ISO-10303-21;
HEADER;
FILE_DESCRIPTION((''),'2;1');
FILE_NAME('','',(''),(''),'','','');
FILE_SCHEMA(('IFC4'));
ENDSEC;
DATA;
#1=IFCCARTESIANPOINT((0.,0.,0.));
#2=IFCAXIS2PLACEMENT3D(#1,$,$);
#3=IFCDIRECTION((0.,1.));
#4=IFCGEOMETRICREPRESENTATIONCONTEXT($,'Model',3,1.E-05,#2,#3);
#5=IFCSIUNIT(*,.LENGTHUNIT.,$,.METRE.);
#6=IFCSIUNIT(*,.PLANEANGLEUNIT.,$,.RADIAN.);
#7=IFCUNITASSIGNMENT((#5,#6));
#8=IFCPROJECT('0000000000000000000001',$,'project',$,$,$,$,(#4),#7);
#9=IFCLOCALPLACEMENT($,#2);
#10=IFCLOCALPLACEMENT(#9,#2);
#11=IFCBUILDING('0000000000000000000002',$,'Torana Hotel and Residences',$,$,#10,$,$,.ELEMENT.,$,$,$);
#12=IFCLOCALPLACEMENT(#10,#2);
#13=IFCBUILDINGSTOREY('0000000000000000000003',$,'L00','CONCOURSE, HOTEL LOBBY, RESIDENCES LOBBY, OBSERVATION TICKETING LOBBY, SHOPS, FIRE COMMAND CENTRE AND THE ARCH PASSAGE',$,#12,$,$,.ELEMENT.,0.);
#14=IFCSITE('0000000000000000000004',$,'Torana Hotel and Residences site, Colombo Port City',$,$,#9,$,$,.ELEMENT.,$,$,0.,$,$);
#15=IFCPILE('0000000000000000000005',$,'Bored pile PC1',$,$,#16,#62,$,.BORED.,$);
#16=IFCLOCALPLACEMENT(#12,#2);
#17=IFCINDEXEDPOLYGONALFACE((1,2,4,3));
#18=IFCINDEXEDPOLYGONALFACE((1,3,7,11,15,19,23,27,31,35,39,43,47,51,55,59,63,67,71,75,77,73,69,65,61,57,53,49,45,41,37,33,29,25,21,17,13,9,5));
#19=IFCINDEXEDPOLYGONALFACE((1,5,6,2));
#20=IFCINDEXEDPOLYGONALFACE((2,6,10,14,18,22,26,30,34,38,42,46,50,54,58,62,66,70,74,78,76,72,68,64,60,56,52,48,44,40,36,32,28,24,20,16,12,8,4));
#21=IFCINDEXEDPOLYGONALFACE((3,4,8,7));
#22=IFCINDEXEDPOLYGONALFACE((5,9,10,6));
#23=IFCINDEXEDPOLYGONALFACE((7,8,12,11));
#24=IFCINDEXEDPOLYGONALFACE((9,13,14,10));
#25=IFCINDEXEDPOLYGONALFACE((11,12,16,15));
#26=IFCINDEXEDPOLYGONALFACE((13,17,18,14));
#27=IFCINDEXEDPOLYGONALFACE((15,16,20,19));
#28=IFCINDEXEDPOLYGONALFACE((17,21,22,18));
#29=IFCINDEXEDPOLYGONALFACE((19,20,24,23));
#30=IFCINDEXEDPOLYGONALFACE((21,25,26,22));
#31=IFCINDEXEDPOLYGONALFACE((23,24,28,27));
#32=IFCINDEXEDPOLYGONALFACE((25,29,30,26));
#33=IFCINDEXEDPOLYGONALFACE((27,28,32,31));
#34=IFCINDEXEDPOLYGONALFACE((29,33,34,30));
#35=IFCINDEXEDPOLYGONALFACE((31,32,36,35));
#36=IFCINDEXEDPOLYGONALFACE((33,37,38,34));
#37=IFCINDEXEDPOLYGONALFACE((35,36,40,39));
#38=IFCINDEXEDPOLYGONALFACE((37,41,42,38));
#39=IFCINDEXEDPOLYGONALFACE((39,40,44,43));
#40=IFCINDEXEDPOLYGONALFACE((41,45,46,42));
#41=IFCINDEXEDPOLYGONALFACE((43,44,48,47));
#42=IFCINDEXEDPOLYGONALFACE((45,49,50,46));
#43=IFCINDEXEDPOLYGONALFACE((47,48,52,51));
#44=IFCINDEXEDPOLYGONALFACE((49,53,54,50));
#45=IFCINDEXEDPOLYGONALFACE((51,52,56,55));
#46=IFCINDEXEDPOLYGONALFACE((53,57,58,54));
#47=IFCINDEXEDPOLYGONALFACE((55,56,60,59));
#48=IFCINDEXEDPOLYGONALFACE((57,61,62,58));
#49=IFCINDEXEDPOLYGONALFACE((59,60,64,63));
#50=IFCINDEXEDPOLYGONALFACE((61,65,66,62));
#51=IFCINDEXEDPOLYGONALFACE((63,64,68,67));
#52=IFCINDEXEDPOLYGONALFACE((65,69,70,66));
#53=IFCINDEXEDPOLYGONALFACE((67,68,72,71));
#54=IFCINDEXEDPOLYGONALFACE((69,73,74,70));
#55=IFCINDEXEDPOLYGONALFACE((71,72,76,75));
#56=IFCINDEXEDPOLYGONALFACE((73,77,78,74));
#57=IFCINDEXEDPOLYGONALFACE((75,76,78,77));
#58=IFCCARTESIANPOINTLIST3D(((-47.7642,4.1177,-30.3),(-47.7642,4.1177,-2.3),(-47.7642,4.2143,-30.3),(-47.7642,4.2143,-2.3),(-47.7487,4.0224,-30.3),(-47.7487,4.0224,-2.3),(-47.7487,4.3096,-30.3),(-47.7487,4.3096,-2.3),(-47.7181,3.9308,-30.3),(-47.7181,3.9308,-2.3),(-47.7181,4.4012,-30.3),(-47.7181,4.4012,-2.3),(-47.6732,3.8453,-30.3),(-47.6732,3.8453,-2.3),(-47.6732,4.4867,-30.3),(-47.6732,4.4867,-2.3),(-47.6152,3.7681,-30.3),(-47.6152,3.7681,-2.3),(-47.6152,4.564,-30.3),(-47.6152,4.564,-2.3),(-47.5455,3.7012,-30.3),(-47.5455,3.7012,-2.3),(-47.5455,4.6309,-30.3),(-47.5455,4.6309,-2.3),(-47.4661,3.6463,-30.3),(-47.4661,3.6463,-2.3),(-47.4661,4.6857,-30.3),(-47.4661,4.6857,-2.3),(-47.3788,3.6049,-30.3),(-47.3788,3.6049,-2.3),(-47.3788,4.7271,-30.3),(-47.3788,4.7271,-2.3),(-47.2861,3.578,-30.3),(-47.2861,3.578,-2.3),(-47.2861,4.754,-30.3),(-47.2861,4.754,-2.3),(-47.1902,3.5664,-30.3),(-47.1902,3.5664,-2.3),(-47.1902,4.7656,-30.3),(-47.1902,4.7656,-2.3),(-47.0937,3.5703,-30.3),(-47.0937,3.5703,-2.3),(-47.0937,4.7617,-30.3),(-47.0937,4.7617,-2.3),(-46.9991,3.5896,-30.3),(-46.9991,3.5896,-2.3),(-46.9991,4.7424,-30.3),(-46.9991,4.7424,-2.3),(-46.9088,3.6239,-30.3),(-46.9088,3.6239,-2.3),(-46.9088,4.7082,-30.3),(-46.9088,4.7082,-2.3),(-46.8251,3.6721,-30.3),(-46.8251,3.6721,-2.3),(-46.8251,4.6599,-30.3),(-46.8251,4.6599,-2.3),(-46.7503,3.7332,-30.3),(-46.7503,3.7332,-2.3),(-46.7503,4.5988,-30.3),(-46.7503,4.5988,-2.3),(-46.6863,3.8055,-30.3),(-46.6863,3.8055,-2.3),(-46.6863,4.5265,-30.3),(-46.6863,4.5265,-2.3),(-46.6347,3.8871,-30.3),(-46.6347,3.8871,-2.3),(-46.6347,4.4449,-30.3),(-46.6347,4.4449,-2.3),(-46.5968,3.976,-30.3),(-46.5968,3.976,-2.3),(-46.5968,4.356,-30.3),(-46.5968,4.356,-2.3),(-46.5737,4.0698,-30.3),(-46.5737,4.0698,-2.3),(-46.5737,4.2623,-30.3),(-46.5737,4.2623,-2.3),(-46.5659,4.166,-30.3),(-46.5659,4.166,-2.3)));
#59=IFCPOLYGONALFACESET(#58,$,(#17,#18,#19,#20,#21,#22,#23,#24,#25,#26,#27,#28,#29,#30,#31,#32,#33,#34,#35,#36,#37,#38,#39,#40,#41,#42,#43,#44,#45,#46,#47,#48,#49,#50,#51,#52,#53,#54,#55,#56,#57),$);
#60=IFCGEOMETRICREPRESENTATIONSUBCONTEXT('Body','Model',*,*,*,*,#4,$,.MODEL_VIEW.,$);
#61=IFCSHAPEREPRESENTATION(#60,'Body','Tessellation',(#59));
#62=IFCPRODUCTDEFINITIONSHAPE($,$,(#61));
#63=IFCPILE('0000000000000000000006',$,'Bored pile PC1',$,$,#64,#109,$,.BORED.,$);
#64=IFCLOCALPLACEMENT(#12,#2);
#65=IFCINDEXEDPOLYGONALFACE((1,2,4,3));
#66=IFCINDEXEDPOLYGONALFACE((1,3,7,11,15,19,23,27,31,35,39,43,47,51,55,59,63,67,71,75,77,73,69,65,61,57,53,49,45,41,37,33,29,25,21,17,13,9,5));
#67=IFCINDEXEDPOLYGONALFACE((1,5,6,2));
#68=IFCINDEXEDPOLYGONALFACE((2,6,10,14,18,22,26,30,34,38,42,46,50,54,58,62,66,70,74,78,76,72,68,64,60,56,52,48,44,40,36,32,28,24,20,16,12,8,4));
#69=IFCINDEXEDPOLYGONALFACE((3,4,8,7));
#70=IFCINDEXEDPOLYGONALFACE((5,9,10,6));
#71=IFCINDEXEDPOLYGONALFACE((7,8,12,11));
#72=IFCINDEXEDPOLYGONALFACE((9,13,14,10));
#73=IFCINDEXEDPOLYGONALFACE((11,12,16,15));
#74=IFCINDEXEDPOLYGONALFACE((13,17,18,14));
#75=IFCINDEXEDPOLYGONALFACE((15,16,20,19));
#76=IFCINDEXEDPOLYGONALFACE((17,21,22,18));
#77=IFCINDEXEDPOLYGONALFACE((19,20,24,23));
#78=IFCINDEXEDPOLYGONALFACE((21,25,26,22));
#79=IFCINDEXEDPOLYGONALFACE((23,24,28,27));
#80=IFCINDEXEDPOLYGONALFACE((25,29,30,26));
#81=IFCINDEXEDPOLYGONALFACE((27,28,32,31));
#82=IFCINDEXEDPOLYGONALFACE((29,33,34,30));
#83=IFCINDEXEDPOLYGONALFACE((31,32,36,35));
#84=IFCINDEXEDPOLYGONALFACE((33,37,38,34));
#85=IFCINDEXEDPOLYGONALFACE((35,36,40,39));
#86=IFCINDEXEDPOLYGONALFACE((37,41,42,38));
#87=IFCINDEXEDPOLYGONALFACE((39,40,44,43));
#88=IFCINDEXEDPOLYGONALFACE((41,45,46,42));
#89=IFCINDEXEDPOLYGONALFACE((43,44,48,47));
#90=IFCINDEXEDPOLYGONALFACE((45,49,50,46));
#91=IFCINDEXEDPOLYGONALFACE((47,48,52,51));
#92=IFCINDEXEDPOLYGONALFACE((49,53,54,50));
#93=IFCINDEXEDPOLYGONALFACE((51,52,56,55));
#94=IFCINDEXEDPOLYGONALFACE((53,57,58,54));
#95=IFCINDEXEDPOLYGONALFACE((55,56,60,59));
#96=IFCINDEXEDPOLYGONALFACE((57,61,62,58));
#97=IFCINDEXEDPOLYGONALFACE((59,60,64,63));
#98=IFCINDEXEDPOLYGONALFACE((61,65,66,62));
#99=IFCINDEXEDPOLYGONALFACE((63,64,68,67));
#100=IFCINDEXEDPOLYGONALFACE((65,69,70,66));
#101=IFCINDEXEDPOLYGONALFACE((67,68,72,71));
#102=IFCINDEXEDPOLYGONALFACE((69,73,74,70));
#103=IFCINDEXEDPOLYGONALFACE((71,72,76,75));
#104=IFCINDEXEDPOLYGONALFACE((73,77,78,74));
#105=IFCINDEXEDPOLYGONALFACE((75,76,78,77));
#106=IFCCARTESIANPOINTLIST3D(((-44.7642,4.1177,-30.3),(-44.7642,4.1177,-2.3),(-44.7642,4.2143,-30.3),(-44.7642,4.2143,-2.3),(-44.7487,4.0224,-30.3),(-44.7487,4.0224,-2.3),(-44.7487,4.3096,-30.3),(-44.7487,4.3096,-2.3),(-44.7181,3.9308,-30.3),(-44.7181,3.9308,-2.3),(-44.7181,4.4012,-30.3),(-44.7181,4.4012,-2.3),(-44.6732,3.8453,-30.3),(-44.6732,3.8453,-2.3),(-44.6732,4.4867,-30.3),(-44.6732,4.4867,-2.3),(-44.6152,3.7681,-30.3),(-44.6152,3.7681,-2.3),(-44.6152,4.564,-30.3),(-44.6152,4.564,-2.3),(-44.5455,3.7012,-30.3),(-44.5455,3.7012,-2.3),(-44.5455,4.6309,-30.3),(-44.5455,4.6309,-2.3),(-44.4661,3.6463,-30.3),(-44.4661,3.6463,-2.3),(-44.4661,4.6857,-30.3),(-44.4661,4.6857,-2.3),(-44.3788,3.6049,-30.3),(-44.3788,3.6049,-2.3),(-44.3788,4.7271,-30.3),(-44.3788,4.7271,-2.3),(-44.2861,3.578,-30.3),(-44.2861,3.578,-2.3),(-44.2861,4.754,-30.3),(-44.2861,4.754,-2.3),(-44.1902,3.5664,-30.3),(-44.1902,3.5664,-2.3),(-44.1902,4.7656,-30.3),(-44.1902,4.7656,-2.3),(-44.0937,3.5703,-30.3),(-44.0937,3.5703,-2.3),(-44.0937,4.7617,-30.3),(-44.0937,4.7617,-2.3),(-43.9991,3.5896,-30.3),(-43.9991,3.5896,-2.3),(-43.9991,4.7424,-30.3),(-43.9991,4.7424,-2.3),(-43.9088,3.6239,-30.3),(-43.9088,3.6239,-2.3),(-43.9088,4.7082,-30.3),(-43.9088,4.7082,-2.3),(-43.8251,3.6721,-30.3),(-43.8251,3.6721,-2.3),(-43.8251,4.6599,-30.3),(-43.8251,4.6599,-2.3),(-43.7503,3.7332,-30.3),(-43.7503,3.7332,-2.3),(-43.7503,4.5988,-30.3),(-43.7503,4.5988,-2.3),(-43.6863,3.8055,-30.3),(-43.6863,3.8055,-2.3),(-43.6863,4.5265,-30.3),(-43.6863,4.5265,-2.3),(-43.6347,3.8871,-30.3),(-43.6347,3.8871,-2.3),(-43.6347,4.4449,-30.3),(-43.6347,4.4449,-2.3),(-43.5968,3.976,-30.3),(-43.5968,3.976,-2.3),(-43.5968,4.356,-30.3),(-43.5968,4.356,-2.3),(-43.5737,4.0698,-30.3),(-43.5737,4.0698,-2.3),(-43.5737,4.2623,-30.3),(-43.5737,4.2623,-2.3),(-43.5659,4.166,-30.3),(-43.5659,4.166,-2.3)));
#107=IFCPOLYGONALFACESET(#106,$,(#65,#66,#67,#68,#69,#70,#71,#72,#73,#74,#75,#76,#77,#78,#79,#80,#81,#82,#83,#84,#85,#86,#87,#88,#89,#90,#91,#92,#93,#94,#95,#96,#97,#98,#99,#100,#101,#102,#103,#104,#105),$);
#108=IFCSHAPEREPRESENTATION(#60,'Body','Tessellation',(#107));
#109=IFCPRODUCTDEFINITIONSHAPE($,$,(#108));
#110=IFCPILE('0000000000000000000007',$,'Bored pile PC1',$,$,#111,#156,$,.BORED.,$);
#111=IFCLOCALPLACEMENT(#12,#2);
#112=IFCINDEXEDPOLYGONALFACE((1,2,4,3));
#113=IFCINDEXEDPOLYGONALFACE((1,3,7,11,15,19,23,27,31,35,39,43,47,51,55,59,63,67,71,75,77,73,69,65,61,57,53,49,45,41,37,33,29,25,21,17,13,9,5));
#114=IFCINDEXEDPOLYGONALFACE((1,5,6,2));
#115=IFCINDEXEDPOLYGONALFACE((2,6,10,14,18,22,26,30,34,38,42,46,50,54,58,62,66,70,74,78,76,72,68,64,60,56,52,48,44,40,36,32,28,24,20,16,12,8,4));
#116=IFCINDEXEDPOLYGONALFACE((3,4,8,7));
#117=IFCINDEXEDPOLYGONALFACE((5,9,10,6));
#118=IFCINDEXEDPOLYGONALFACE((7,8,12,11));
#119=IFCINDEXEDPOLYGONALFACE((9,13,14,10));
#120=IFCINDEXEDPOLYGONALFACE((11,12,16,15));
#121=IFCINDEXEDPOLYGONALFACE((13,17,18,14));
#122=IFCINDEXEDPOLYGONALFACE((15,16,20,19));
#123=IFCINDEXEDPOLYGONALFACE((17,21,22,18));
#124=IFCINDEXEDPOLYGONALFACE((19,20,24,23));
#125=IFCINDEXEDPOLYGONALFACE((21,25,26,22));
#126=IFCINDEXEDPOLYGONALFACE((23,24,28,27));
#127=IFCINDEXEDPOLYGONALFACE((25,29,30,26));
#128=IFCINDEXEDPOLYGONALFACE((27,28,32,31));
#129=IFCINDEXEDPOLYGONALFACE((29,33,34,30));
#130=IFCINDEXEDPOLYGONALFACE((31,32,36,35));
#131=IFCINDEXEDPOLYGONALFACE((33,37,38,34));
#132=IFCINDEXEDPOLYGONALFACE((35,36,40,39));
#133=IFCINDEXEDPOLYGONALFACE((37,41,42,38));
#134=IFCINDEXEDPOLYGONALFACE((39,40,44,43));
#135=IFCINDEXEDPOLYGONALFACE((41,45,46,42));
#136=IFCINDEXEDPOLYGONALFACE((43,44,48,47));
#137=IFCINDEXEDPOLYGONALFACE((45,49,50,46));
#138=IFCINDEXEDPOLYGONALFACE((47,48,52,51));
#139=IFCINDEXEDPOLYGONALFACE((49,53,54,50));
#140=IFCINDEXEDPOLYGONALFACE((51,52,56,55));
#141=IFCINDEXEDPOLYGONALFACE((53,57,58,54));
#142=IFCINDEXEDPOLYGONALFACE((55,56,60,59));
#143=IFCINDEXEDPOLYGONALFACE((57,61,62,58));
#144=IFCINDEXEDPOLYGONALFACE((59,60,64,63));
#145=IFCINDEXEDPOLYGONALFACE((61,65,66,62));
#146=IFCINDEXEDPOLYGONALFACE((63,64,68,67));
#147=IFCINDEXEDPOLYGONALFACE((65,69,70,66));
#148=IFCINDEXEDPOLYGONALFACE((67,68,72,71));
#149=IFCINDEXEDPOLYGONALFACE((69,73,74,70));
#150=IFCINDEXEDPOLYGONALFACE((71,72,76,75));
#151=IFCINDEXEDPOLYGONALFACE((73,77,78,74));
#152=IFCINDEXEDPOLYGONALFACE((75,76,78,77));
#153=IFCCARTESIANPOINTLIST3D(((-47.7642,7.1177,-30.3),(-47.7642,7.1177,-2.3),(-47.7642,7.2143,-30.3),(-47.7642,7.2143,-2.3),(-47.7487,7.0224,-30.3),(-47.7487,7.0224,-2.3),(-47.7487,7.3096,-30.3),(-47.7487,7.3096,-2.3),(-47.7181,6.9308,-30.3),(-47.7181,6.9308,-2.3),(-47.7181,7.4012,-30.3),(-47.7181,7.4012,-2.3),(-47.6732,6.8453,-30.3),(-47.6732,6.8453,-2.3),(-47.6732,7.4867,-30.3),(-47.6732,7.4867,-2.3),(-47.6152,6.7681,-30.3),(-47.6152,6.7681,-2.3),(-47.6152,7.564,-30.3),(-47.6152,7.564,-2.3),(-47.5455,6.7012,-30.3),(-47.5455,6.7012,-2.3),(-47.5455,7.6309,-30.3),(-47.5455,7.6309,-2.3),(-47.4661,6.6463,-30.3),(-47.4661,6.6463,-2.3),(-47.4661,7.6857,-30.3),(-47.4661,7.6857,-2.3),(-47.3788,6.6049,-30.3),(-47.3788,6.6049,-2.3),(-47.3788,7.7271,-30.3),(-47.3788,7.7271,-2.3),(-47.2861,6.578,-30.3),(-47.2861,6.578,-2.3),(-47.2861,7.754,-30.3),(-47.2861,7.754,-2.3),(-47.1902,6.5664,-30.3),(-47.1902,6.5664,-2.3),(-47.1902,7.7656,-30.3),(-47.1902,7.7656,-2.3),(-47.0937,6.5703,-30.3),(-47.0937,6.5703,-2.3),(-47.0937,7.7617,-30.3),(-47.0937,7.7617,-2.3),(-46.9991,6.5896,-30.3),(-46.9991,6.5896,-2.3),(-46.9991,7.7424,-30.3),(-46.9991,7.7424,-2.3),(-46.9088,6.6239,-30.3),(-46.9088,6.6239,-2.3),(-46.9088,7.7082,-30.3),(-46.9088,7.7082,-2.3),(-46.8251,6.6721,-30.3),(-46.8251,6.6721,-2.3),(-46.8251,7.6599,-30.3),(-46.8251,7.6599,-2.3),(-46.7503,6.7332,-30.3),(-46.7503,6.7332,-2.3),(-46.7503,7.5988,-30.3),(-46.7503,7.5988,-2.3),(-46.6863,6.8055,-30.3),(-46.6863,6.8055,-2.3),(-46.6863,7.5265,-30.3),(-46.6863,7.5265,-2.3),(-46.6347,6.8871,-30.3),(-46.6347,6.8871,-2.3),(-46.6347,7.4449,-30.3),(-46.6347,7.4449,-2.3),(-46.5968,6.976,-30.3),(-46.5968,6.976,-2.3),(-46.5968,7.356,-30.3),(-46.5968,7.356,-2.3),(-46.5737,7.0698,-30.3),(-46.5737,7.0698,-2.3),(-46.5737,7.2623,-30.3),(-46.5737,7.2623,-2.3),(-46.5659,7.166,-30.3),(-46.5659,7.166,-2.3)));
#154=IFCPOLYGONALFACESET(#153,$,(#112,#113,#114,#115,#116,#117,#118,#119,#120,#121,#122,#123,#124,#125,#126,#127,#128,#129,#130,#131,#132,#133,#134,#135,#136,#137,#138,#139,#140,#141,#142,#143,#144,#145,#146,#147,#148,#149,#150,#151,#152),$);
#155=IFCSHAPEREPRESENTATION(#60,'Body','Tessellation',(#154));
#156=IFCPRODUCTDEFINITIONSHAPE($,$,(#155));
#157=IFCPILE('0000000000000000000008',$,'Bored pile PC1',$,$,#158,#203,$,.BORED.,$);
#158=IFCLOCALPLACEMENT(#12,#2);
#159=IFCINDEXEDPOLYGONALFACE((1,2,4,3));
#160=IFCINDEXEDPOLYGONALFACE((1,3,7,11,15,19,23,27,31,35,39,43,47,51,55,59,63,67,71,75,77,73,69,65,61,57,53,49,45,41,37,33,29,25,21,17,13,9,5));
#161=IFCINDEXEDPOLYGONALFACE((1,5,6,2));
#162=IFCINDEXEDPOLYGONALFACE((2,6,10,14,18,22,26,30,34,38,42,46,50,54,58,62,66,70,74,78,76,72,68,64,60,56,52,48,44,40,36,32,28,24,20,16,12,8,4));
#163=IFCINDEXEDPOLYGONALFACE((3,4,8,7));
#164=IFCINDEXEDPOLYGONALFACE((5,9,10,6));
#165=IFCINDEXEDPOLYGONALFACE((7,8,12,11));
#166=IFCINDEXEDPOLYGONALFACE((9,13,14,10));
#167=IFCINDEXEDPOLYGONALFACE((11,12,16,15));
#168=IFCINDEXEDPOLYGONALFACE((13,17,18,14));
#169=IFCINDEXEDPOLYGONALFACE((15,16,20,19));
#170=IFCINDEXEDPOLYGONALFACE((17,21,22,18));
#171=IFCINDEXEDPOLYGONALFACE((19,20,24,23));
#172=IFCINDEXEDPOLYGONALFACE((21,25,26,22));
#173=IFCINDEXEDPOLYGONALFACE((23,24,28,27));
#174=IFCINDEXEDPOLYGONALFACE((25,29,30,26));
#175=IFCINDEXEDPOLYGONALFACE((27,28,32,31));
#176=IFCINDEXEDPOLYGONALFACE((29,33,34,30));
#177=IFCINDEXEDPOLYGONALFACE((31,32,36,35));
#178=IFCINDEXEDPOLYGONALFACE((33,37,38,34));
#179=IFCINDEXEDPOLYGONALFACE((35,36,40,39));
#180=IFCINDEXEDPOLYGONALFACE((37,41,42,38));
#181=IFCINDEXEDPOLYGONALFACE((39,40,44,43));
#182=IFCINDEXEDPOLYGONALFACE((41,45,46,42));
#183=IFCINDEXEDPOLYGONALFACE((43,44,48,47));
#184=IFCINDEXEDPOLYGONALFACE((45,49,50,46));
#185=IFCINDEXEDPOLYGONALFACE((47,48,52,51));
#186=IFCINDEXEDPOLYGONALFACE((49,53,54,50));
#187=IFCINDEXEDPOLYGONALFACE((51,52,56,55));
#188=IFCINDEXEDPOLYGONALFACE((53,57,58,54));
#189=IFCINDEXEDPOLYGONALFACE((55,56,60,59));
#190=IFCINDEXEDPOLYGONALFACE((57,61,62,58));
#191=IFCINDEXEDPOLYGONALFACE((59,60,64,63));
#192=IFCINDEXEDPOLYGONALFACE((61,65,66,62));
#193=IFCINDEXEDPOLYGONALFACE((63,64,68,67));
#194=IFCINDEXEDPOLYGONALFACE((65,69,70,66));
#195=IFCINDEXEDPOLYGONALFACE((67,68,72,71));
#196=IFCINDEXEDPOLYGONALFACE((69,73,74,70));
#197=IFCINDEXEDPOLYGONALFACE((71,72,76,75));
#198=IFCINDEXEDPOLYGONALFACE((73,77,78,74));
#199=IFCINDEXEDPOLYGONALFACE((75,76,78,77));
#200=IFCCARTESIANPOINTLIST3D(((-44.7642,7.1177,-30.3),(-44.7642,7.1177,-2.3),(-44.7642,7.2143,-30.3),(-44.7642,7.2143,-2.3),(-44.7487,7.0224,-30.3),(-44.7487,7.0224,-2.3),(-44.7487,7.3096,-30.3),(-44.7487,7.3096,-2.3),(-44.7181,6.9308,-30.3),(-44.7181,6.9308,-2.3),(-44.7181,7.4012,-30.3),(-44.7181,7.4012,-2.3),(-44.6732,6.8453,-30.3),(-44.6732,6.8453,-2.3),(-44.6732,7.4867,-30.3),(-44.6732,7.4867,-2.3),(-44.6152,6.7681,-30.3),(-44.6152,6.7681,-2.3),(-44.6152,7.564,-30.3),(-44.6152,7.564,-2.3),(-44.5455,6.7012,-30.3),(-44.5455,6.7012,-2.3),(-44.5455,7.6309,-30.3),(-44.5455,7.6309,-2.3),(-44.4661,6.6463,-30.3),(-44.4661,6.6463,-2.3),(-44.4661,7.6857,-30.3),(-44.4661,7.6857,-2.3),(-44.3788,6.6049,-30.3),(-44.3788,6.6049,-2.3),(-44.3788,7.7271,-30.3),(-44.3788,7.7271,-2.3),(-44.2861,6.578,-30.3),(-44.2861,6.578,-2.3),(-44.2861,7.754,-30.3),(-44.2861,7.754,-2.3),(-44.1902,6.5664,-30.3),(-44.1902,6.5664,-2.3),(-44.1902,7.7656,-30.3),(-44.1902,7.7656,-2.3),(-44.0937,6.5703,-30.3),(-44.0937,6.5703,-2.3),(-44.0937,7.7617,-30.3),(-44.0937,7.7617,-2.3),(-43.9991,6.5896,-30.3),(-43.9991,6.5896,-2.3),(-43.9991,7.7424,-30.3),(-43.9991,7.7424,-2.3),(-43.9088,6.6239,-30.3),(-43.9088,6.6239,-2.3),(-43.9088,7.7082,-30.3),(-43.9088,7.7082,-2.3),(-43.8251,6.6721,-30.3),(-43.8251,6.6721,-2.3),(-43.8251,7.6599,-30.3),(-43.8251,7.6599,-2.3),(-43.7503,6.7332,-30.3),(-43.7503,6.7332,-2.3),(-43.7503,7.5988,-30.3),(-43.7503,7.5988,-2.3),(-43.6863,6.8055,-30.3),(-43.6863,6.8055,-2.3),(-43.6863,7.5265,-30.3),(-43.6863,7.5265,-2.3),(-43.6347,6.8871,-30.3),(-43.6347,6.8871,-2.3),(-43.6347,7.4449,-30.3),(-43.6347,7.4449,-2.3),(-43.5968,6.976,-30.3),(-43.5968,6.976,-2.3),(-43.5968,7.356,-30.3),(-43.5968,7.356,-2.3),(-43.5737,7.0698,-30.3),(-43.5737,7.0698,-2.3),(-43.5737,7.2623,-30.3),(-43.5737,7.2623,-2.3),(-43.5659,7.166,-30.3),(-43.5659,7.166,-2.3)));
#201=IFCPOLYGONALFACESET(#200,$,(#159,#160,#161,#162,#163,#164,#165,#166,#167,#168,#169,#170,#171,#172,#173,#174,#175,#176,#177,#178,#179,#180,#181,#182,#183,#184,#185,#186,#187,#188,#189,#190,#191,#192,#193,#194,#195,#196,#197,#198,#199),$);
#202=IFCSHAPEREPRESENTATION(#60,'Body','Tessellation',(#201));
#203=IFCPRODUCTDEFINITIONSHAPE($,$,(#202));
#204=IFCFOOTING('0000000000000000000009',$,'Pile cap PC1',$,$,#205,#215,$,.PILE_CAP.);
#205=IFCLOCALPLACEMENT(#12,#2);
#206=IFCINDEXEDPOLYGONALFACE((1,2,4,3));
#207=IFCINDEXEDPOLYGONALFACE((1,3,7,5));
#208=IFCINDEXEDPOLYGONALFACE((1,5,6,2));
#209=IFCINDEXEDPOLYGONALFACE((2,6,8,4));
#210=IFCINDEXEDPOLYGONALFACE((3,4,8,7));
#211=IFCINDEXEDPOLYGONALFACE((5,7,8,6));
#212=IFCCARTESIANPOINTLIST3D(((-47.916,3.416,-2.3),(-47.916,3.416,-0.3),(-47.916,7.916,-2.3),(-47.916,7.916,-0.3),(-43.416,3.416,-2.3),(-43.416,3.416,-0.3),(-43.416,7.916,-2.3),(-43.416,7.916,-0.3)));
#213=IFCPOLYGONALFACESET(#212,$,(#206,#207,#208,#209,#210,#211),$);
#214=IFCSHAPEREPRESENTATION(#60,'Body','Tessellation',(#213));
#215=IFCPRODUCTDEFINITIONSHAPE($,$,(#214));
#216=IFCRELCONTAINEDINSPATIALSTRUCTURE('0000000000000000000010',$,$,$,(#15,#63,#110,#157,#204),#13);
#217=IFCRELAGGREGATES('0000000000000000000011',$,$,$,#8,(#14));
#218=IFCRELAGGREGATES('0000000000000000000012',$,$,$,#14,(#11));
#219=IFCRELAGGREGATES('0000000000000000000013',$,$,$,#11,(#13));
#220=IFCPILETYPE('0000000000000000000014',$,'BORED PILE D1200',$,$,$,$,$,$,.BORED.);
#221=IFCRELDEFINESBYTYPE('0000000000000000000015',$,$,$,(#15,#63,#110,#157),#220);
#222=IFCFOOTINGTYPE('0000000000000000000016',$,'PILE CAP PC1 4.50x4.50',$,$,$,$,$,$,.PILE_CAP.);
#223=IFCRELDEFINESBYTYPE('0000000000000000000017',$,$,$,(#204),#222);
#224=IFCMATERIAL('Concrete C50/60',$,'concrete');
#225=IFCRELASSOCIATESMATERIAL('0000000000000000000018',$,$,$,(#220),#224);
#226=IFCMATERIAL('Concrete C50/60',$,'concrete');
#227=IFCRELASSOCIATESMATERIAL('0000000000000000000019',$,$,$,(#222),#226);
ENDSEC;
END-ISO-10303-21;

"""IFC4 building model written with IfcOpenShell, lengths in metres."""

from ifc_helpers import new_model, si_unit, direction, frame, origin, origin_2d, place, context, subcontext, project, spatial, rectangle, circle, extrude, material, type_object, element, save


model = new_model("IFC4")

# Units and contexts
model_context = context("Model", 3, precision=1e-05, world=origin(), true_north=direction((0.0, 1.0)))
body_context = subcontext(model_context, "Body", "Model", "MODEL_VIEW")
ifc_project = project(units=[si_unit("LENGTHUNIT", "METRE"), si_unit("PLANEANGLEUNIT", "RADIAN")], contexts=[model_context])

# Site, building, storey
site_placement = place(None, origin())
site = spatial("IfcSite", under=ifc_project, at=site_placement, Name="Torana Hotel and Residences site, Colombo Port City", CompositionType="ELEMENT", RefElevation=0.0)
building_placement = place(site_placement, origin())
building = spatial("IfcBuilding", under=site, at=building_placement, Name="Torana Hotel and Residences", CompositionType="ELEMENT")
storey_placement = place(building_placement, origin())
storey = spatial("IfcBuildingStorey", under=building, at=storey_placement, Name="L00", Description="CONCOURSE, HOTEL LOBBY, RESIDENCES LOBBY, OBSERVATION TICKETING LOBBY, SHOPS, FIRE COMMAND CENTRE AND THE ARCH PASSAGE", CompositionType="ELEMENT", Elevation=0.0)

# Piles
ifc_material_1 = material(Name="Concrete C50/60", Category="concrete")
pile_type = type_object("IfcPileType", Name="BORED PILE D1200", PredefinedType="BORED", material=ifc_material_1)
for number, where, z_axis, x_axis, name in (
    (1, (-47.166, 4.166, -2.3), (0.0, 0.0, -1.0), (1.0, 0.0, 0.0), "Bored pile PC1"),
    (2, (-44.166, 4.166, -2.3), (0.0, 0.0, -1.0), (1.0, 0.0, 0.0), "Bored pile PC1"),
    (3, (-47.166, 7.166, -2.3), (0.0, 0.0, -1.0), (1.0, 0.0, 0.0), "Bored pile PC1"),
    (4, (-44.166, 7.166, -2.3), (0.0, 0.0, -1.0), (1.0, 0.0, 0.0), "Bored pile PC1"),
):
    element("IfcPile", number, at=place(storey_placement, frame(where, z_axis=z_axis, x_axis=x_axis)), inside=storey, type_object=pile_type, Name=name, PredefinedType="BORED", context=body_context, shape_type="SweptSolid", body=[
        extrude(circle(Radius=0.6001, at=origin_2d()), origin(), (0.0, 0.0, 1.0), 28.0),
    ])

# Footing
ifc_material_2 = material(Name="Concrete C50/60", Category="concrete")
footing_type = type_object("IfcFootingType", Name="PILE CAP PC1 4.50x4.50", PredefinedType="PILE_CAP", material=ifc_material_2)
footing_placement = place(storey_placement, frame((-45.666, 5.666, -2.3), z_axis=(0.0, 0.0, 1.0), x_axis=(1.0, 0.0, 0.0)))
element("IfcFooting", 5, at=footing_placement, inside=storey, type_object=footing_type, Name="Pile cap PC1", PredefinedType="PILE_CAP", context=body_context, shape_type="SweptSolid", body=[
    extrude(rectangle(XDim=4.5, YDim=4.5, at=origin_2d()), origin(), (0.0, 0.0, 1.0), 2.0),
])

save(model, "model.ifc")
